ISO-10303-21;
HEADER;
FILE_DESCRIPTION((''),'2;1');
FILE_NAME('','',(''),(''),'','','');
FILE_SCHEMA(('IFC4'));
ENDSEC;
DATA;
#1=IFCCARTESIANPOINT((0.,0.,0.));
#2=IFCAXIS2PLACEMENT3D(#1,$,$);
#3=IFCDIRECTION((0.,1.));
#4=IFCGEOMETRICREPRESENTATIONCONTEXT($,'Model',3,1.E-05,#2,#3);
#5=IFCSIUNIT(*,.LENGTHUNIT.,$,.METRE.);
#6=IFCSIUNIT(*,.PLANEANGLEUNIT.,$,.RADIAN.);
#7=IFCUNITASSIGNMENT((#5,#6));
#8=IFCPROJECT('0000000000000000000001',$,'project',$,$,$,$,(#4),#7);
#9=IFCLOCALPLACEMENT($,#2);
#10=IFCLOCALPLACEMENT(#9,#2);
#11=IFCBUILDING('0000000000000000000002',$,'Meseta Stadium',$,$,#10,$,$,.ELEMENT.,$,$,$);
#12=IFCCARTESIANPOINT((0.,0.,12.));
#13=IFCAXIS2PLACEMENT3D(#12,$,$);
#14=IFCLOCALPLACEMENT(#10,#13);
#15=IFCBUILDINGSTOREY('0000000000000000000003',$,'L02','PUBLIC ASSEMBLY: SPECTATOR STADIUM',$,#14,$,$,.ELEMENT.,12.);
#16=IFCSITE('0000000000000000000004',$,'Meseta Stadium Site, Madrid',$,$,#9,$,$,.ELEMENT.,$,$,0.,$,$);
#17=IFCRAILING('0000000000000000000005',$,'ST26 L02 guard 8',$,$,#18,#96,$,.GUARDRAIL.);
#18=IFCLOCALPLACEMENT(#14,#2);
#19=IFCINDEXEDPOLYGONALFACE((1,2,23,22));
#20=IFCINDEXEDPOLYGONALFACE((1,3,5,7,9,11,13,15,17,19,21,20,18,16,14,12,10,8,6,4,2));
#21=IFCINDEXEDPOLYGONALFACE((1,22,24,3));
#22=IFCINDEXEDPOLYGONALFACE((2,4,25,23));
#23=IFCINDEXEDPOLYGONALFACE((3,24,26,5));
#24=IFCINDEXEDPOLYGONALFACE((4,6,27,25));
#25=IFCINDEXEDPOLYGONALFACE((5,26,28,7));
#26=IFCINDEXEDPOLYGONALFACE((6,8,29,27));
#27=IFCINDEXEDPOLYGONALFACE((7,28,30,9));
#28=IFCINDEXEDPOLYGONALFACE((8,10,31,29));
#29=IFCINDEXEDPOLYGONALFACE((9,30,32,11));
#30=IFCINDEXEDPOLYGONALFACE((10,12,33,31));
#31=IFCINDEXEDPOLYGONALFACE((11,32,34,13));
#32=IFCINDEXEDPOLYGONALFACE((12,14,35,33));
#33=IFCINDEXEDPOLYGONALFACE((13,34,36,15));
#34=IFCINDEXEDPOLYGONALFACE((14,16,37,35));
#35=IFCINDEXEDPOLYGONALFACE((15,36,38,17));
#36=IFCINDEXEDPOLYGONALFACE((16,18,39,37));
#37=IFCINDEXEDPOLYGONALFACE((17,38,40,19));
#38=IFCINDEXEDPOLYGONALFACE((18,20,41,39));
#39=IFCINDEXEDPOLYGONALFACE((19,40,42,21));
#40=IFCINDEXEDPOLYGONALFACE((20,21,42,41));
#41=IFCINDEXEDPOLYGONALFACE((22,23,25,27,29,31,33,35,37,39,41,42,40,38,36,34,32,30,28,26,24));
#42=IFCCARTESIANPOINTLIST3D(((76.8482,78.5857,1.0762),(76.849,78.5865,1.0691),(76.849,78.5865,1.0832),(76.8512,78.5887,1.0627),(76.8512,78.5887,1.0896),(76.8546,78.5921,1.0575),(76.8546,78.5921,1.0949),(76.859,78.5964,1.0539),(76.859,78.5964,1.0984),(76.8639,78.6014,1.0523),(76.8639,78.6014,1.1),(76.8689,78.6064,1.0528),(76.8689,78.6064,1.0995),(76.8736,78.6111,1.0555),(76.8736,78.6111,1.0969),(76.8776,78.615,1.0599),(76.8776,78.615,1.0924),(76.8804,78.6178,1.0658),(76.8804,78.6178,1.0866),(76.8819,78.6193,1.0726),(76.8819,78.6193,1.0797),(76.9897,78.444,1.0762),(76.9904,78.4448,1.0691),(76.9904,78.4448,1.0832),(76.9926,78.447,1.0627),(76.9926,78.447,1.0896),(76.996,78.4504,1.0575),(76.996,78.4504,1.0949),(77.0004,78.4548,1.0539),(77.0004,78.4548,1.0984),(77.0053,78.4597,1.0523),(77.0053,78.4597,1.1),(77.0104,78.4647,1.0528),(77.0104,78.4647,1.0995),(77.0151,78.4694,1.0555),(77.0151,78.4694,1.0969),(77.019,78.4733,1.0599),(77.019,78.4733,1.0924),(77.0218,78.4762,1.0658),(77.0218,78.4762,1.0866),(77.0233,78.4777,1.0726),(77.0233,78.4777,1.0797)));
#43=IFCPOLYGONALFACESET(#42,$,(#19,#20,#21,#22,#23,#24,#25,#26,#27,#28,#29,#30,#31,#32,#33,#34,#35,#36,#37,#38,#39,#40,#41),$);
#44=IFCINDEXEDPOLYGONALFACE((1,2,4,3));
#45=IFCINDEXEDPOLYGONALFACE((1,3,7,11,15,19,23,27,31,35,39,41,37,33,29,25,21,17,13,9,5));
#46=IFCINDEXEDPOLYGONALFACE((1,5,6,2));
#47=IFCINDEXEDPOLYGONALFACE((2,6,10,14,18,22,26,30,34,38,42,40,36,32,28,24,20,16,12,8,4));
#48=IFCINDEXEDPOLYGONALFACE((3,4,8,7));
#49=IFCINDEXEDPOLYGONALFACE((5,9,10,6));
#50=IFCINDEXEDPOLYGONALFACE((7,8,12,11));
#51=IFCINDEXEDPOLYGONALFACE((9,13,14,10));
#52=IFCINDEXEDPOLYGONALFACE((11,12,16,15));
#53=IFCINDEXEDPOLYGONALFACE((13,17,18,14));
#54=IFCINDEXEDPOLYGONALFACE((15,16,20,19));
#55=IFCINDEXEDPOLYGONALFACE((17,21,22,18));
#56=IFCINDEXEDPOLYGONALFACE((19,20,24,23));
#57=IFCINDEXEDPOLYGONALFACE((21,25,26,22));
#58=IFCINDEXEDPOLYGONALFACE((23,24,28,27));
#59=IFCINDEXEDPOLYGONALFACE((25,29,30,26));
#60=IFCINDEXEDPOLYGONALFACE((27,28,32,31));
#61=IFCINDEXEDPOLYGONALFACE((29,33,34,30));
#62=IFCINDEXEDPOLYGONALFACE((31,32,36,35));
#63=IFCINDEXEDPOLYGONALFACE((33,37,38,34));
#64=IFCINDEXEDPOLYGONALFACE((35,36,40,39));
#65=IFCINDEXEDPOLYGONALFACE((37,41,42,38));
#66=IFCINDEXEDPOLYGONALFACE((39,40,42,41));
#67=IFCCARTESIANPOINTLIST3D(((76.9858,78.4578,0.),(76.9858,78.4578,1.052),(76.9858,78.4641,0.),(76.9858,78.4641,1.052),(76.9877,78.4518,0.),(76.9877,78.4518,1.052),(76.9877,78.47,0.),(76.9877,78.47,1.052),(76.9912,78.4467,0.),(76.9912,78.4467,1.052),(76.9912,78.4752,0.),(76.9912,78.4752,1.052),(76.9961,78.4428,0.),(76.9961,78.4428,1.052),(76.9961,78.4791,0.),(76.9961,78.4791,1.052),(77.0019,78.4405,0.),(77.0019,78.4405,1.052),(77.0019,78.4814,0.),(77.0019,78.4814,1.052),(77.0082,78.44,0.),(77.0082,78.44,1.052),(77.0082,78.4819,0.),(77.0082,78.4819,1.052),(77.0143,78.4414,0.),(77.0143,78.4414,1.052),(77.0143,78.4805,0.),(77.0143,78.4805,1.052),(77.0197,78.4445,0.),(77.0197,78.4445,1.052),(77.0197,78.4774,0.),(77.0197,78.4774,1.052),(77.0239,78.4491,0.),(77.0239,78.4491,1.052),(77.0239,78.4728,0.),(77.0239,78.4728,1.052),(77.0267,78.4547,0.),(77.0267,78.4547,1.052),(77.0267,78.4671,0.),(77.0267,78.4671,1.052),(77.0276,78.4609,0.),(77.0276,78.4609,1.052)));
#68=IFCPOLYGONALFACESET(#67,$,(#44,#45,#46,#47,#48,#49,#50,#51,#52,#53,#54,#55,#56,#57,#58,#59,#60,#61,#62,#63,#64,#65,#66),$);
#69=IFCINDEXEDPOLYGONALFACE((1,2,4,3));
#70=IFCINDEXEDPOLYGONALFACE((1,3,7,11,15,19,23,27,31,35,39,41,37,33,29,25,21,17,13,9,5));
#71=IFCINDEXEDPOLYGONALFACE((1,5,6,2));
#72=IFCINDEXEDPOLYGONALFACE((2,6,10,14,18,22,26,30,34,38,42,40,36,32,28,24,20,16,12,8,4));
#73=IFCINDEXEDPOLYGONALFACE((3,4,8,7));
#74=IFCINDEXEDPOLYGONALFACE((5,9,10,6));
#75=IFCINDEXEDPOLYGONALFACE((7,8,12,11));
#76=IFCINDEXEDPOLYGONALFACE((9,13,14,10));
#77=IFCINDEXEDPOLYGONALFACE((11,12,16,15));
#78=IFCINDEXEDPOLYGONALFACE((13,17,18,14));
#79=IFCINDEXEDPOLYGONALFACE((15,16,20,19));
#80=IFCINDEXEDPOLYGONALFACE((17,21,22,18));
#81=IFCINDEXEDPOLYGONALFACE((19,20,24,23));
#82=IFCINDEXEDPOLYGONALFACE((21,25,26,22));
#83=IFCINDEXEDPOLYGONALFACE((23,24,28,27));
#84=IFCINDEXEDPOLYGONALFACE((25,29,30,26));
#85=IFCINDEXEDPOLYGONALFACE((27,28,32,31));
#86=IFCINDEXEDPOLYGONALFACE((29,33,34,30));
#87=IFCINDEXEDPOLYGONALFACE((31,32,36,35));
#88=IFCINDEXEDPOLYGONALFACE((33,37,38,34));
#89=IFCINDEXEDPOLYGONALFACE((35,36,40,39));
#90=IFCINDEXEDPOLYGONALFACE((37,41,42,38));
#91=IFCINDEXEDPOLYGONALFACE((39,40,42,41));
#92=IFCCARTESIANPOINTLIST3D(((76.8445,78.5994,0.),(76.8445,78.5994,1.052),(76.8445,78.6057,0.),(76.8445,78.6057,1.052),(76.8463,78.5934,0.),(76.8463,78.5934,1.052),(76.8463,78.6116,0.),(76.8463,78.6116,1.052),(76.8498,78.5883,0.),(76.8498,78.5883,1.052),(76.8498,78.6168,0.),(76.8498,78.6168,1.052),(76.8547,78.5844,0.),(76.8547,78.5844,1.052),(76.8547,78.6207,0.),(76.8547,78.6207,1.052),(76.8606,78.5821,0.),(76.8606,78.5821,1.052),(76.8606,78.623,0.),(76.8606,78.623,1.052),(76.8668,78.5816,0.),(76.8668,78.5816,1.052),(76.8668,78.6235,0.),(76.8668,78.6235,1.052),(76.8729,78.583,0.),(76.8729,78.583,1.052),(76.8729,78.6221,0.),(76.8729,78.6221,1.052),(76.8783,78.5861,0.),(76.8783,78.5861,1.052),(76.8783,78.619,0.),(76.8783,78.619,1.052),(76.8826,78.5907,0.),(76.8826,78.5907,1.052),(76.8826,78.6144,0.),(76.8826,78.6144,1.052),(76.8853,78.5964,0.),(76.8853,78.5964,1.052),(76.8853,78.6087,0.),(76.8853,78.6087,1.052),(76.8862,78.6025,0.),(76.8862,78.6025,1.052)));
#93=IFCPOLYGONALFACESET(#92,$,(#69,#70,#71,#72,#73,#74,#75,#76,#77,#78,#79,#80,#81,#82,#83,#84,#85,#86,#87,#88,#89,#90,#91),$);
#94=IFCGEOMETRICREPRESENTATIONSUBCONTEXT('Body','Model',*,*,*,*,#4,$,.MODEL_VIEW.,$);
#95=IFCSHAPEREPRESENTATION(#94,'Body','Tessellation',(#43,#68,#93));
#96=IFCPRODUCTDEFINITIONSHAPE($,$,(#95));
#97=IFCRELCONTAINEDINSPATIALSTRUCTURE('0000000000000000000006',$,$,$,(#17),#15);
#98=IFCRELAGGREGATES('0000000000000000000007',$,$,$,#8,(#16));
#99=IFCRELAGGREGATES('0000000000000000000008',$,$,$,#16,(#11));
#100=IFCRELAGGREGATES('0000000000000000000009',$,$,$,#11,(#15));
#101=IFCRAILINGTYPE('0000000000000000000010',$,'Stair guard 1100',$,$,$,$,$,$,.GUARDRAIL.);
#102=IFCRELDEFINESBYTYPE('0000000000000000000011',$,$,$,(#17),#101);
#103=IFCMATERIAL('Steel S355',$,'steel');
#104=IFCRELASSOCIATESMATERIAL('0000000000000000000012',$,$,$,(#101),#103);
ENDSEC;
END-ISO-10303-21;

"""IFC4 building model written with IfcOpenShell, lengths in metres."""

from ifc_helpers import new_model, si_unit, direction, frame, origin, origin_2d, place, context, subcontext, project, spatial, circle, extrude, material, type_object, element, save


model = new_model("IFC4")

# Units and contexts
model_context = context("Model", 3, precision=1e-05, world=origin(), true_north=direction((0.0, 1.0)))
body_context = subcontext(model_context, "Body", "Model", "MODEL_VIEW")
ifc_project = project(units=[si_unit("LENGTHUNIT", "METRE"), si_unit("PLANEANGLEUNIT", "RADIAN")], contexts=[model_context])

# Site, building, storey
site_placement = place(None, origin())
site = spatial("IfcSite", under=ifc_project, at=site_placement, Name="Meseta Stadium Site, Madrid", CompositionType="ELEMENT", RefElevation=0.0)
building_placement = place(site_placement, origin())
building = spatial("IfcBuilding", under=site, at=building_placement, Name="Meseta Stadium", CompositionType="ELEMENT")
storey_placement = place(building_placement, frame((0.0, 0.0, 12.0)))
storey = spatial("IfcBuildingStorey", under=building, at=storey_placement, Name="L02", Description="PUBLIC ASSEMBLY: SPECTATOR STADIUM", CompositionType="ELEMENT", Elevation=12.0)

# Railing
ifc_material_1 = material(Name="Steel S355", Category="steel")
railing_type_1 = type_object("IfcRailingType", Name="Stair guard 1100", PredefinedType="GUARDRAIL", material=ifc_material_1)
railing_1_placement = place(storey_placement, frame((77.0066, 78.4609, 0.0)))
element("IfcRailing", 1, at=railing_1_placement, inside=storey, type_object=railing_type_1, Name="ST26 L02 guard 8", PredefinedType="GUARDRAIL", context=body_context, shape_type="SweptSolid", body=[
    extrude(circle(Radius=0.0239, at=origin_2d()), frame((0.0, 0.0, 1.0762), z_axis=(-0.706496, 0.707717, 0.0), x_axis=(-0.707717, -0.706496, 0.0)), (0.0, 0.0, 1.0), 0.2002),
    extrude(circle(Radius=0.021, at=origin_2d()), origin(), (0.0, 0.0, 1.0), 1.052),
    extrude(circle(Radius=0.021, at=origin_2d()), frame((-0.1414, 0.1416, 0.0)), (0.0, 0.0, 1.0), 1.052),
])

save(model, "model.ifc")
